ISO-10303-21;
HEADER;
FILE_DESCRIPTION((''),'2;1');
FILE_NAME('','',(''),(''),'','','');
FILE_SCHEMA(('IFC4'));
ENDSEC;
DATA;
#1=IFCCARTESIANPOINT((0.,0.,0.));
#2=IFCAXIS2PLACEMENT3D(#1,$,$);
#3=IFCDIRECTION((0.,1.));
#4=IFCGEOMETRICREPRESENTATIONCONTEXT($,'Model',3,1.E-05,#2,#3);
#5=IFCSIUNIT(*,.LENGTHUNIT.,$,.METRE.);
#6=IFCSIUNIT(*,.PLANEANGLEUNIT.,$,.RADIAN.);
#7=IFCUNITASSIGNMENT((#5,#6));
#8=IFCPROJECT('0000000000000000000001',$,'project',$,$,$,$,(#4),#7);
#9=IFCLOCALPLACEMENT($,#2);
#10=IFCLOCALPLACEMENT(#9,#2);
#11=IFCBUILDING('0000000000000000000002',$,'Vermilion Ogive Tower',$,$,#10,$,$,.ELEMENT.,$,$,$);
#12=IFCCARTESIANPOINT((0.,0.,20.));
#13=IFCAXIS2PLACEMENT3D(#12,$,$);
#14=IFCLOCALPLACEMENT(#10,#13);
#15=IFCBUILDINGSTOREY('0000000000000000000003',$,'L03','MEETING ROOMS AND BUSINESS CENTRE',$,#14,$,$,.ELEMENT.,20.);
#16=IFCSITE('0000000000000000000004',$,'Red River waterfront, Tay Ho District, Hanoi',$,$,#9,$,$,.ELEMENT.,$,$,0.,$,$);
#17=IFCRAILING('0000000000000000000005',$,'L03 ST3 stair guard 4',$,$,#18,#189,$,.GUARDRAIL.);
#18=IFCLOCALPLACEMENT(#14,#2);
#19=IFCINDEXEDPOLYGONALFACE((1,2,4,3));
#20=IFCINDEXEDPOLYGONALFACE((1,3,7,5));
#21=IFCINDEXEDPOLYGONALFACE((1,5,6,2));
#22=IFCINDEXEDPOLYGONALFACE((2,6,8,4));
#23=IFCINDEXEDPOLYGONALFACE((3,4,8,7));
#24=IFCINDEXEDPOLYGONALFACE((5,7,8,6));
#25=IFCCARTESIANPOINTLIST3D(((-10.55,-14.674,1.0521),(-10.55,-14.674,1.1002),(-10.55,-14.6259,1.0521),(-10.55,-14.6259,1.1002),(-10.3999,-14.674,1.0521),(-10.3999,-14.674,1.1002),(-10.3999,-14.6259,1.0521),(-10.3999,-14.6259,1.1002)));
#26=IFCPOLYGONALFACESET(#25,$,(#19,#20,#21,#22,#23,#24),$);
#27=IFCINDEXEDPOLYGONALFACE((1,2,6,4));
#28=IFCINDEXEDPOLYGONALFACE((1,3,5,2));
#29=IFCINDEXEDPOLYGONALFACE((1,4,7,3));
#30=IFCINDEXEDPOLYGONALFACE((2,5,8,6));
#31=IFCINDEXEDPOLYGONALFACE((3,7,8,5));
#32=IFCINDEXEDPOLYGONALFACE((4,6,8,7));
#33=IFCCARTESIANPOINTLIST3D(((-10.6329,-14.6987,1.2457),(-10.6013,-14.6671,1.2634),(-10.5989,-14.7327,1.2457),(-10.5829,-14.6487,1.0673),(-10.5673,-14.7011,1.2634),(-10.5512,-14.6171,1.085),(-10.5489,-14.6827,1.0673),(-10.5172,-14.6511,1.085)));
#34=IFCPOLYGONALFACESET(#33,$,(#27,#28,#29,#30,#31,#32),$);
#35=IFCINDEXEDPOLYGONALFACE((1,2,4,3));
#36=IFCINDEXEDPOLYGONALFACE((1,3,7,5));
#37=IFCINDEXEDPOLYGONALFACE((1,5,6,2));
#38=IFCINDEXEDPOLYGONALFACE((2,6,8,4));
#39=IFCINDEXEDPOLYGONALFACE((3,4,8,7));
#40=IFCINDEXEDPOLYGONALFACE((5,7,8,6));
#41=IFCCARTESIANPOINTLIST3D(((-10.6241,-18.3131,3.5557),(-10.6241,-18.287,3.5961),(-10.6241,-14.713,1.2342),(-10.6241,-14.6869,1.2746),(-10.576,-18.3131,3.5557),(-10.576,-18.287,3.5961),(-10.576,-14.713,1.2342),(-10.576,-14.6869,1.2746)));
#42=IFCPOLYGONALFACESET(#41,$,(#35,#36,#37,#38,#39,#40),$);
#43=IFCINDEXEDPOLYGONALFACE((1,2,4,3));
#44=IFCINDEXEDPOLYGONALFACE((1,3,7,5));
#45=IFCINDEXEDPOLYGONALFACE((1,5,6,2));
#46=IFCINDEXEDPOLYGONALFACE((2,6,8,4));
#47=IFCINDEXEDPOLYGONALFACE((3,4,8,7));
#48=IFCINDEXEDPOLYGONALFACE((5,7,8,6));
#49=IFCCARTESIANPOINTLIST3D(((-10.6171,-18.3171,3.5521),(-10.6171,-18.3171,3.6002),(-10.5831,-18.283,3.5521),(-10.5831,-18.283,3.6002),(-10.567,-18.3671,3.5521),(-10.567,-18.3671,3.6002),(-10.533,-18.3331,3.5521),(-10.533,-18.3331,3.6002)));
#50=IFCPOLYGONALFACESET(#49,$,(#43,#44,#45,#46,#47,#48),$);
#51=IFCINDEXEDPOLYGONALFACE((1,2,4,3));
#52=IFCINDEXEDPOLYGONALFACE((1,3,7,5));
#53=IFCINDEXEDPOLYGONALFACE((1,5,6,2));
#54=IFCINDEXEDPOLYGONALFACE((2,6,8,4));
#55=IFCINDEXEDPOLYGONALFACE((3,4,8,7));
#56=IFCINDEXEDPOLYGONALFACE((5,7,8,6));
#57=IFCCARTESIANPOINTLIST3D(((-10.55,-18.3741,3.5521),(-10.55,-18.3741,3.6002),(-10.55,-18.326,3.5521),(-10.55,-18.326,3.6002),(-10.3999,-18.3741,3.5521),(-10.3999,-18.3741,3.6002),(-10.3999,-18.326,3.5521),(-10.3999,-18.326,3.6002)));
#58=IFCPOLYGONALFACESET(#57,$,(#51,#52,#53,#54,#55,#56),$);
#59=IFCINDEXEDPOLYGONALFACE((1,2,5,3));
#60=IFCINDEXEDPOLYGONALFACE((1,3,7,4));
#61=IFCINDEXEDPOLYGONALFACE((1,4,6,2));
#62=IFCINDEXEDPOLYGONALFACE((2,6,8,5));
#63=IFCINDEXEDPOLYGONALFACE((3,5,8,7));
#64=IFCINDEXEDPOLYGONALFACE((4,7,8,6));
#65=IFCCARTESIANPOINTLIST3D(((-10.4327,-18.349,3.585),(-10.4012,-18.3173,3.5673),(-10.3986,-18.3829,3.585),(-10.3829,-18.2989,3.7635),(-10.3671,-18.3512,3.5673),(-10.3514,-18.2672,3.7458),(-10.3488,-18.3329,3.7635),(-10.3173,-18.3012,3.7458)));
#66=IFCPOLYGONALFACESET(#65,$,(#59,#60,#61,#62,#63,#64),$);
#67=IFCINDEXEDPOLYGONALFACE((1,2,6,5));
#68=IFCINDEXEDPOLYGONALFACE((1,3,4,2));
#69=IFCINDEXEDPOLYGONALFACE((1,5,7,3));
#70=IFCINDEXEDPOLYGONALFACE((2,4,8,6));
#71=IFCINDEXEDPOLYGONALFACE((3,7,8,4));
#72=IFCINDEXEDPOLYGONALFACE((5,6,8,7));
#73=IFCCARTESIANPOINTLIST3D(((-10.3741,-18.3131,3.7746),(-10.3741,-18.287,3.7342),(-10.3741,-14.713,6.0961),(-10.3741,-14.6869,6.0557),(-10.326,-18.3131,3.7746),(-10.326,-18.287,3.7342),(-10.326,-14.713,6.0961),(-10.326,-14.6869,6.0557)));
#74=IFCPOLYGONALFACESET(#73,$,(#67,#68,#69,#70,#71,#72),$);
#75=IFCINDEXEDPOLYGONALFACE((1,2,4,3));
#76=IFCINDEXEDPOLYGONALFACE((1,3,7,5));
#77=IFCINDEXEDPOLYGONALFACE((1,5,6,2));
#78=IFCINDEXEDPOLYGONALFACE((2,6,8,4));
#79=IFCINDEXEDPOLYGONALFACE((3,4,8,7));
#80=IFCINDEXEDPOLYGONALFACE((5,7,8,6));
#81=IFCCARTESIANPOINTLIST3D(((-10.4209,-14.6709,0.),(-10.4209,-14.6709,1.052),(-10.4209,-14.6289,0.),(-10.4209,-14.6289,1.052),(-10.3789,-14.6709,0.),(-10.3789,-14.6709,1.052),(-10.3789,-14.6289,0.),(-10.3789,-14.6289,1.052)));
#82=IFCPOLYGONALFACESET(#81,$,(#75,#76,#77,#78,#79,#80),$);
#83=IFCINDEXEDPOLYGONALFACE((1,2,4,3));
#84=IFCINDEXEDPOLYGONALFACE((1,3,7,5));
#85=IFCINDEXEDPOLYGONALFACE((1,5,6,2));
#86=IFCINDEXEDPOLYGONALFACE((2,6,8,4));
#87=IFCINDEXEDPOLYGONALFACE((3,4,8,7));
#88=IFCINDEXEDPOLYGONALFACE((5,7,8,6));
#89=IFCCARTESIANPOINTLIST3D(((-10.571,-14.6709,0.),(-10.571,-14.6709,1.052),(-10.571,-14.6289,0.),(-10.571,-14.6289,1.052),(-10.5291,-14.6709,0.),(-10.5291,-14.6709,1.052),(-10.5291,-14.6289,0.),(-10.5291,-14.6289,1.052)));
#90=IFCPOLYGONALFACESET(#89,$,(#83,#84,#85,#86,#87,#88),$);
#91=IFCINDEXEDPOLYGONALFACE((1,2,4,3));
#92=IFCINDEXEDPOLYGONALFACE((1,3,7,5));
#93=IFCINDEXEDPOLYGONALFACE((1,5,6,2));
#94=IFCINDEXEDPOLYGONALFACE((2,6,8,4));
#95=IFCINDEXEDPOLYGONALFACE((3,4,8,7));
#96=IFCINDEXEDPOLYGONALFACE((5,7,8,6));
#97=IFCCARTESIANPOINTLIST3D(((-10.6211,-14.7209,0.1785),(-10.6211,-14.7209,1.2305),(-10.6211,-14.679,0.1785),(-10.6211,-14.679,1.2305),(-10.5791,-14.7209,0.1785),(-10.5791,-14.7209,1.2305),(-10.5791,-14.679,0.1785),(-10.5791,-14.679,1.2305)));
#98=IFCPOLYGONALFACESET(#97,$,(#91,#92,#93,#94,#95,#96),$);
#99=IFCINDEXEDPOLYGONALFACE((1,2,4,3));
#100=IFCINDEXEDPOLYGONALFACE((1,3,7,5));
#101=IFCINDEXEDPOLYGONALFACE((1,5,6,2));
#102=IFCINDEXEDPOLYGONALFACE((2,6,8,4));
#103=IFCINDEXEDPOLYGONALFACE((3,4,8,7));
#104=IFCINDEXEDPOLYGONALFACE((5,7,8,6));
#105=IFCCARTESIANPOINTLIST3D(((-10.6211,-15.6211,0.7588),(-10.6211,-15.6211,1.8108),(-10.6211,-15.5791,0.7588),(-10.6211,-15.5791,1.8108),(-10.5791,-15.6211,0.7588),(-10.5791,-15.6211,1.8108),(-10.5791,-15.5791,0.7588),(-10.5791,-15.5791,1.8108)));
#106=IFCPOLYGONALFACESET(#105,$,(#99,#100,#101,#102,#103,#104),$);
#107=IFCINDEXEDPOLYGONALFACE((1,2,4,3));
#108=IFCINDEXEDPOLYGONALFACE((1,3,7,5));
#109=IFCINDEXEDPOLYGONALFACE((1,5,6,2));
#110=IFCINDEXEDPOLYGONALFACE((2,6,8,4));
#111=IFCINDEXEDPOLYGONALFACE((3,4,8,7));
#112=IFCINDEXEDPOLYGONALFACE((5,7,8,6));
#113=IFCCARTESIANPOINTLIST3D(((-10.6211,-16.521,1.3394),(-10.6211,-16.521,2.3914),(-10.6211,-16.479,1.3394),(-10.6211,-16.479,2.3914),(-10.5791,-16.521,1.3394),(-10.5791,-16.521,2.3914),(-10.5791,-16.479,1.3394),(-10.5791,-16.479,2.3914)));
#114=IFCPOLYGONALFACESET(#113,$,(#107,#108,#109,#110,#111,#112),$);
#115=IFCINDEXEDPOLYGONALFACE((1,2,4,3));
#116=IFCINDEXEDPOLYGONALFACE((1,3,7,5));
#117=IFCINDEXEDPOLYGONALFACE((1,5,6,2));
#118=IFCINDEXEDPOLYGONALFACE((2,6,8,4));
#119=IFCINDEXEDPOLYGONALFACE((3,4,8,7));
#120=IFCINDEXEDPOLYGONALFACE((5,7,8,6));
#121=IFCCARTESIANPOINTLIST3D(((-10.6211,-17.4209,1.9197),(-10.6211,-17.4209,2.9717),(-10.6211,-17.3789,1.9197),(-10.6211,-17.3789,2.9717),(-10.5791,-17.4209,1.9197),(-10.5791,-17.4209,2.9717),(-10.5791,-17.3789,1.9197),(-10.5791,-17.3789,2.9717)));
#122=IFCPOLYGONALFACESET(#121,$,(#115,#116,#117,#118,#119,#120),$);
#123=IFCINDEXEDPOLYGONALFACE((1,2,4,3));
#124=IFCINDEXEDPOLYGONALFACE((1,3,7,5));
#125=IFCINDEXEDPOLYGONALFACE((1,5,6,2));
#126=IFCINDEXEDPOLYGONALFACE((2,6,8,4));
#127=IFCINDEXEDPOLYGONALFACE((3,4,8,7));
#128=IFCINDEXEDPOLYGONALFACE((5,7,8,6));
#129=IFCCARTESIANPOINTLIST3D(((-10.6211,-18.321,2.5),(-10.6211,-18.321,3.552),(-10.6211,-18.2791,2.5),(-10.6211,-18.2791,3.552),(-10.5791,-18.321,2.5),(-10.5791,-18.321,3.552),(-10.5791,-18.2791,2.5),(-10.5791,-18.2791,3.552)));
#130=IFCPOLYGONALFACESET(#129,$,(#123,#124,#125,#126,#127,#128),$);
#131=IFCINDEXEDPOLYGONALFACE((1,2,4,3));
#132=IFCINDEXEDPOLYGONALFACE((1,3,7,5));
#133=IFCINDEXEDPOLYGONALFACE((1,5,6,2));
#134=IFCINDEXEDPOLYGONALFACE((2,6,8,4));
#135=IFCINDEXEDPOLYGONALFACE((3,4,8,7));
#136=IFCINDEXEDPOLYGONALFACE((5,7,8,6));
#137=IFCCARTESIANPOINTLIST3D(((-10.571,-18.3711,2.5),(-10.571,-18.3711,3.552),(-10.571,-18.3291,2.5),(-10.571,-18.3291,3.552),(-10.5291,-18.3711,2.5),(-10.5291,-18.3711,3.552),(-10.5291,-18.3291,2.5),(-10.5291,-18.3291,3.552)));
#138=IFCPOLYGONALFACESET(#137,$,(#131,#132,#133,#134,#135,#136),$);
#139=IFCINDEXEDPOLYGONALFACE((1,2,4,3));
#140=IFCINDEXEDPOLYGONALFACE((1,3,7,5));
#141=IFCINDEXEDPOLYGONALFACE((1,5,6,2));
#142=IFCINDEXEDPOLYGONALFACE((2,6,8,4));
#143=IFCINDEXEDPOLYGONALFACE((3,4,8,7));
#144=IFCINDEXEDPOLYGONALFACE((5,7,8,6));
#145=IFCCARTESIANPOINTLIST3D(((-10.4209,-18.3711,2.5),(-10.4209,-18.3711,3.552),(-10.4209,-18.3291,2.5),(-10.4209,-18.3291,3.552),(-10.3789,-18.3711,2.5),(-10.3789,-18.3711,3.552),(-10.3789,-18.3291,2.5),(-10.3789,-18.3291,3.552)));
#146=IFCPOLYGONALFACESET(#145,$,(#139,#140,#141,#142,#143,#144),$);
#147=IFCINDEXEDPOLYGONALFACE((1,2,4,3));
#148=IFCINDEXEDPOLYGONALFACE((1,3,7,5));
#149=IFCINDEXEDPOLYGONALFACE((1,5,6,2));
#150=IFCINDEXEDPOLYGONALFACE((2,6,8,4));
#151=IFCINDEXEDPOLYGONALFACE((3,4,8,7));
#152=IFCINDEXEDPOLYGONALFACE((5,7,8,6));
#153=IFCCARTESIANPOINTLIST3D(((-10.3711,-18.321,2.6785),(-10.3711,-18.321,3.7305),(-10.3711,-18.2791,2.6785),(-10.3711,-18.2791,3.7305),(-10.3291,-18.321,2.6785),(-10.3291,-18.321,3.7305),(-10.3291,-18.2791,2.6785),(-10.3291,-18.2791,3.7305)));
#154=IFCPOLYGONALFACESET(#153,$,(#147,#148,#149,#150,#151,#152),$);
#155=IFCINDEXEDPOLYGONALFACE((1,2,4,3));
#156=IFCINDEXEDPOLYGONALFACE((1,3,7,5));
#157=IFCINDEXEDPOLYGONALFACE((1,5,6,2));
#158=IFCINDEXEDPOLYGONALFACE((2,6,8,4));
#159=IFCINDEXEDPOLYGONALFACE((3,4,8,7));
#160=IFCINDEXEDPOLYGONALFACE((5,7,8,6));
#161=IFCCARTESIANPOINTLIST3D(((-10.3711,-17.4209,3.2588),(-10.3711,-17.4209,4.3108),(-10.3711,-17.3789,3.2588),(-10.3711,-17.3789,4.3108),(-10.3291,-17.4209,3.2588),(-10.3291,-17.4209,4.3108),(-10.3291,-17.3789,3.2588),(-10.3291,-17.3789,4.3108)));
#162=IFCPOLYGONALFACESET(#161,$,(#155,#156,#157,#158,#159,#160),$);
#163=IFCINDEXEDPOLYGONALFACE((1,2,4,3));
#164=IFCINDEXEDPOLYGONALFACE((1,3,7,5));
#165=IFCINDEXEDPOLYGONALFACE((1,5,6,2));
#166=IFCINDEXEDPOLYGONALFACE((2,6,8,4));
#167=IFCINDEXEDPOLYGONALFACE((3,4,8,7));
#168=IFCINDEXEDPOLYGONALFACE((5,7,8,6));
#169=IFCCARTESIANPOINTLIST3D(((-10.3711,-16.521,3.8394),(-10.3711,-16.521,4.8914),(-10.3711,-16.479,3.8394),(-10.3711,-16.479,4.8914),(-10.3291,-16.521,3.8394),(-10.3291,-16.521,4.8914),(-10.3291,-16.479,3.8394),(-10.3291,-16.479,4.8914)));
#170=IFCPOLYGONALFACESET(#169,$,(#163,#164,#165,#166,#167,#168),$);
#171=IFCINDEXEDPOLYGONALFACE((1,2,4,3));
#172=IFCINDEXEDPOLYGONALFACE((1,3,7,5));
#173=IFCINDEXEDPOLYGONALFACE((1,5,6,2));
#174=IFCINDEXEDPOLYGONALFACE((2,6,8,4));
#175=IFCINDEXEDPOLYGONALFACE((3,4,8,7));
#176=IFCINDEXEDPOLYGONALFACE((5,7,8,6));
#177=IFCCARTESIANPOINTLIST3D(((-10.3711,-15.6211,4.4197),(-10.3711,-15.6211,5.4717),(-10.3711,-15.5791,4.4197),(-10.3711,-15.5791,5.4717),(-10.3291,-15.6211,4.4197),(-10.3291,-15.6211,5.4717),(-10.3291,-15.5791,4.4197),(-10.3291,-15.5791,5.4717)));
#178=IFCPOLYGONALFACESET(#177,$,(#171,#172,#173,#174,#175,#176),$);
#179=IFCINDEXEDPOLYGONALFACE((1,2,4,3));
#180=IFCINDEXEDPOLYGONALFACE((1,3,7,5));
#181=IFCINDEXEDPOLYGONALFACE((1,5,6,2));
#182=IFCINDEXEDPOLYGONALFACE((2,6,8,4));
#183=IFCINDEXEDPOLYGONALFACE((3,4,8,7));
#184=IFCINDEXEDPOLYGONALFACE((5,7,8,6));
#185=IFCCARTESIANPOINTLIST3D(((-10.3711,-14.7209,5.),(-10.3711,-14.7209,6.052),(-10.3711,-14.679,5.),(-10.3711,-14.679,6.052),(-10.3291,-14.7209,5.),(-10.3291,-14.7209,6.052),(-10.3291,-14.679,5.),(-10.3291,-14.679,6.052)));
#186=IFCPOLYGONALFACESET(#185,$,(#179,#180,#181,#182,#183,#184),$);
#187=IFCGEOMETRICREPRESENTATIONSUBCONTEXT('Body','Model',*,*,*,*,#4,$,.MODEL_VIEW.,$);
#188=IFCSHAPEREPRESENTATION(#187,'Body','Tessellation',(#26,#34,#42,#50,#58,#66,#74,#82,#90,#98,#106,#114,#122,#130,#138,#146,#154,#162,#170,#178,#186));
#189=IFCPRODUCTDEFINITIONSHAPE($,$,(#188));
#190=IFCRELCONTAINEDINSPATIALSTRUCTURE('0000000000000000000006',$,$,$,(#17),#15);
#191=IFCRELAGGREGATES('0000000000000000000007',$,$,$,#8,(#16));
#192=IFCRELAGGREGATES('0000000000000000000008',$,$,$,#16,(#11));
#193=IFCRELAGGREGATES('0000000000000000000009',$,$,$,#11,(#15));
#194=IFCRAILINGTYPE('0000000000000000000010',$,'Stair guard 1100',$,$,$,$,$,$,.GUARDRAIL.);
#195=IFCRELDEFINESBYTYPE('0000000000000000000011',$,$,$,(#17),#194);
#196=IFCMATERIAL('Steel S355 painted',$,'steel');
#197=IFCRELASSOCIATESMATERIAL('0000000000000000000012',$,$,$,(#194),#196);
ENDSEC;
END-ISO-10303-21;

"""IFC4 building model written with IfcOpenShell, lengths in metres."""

from ifc_helpers import new_model, si_unit, direction, frame, origin, origin_2d, place, context, subcontext, project, spatial, rectangle, extrude, material, type_object, element, save


model = new_model("IFC4")

# Units and contexts
model_context = context("Model", 3, precision=1e-05, world=origin(), true_north=direction((0.0, 1.0)))
body_context = subcontext(model_context, "Body", "Model", "MODEL_VIEW")
ifc_project = project(units=[si_unit("LENGTHUNIT", "METRE"), si_unit("PLANEANGLEUNIT", "RADIAN")], contexts=[model_context])

# Site, building, storey
site_placement = place(None, origin())
site = spatial("IfcSite", under=ifc_project, at=site_placement, Name="Red River waterfront, Tay Ho District, Hanoi", CompositionType="ELEMENT", RefElevation=0.0)
building_placement = place(site_placement, origin())
building = spatial("IfcBuilding", under=site, at=building_placement, Name="Vermilion Ogive Tower", CompositionType="ELEMENT")
storey_placement = place(building_placement, frame((0.0, 0.0, 20.0)))
storey = spatial("IfcBuildingStorey", under=building, at=storey_placement, Name="L03", Description="MEETING ROOMS AND BUSINESS CENTRE", CompositionType="ELEMENT", Elevation=20.0)

# Railing
ifc_material_1 = material(Name="Steel S355 painted", Category="steel")
railing_type_1 = type_object("IfcRailingType", Name="Stair guard 1100", PredefinedType="GUARDRAIL", material=ifc_material_1)
railing_1_placement = place(storey_placement, frame((-10.3999, -14.6499, 0.0)))
element("IfcRailing", 1, at=railing_1_placement, inside=storey, type_object=railing_type_1, Name="L03 ST3 stair guard 4", PredefinedType="GUARDRAIL", context=body_context, shape_type="SweptSolid", body=[
    extrude(rectangle(XDim=0.0481, YDim=0.0481, at=origin_2d()), frame((0.0, 0.0, 1.0762), z_axis=(-1.0, 0.0, 0.0), x_axis=(0.0, -1.0, 0.0)), (0.0, 0.0, 1.0), 0.1501),
    extrude(rectangle(XDim=0.0481, YDim=0.0481, at=origin_2d()), frame((-0.1501, 0.0, 1.0762), z_axis=(-0.260685, -0.260685, 0.929563), x_axis=(0.707107, -0.707107, 0.0)), (0.0, 0.0, 1.0), 0.1919),
    extrude(rectangle(XDim=0.0481, YDim=0.0481, at=origin_2d()), frame((-0.2002, -0.05, 1.2544), z_axis=(0.0, -0.840415, 0.541944), x_axis=(1.0, 0.0, 0.0)), (0.0, 0.0, 1.0), 4.2837),
    extrude(rectangle(XDim=0.0481, YDim=0.0481, at=origin_2d()), frame((-0.2002, -3.6501, 3.5762), z_axis=(0.707107, -0.707107, 0.0), x_axis=(0.707107, 0.707107, 0.0)), (0.0, 0.0, 1.0), 0.0708),
    extrude(rectangle(XDim=0.0481, YDim=0.0481, at=origin_2d()), frame((-0.1501, -3.7002, 3.5762), z_axis=(1.0, 0.0, 0.0), x_axis=(0.0, 1.0, 0.0)), (0.0, 0.0, 1.0), 0.1501),
    extrude(rectangle(XDim=0.0481, YDim=0.0481, at=origin_2d()), frame((0.0, -3.7002, 3.5762), z_axis=(0.259499, 0.260771, 0.92987), x_axis=(-0.708834, 0.705376, 0.0)), (0.0, 0.0, 1.0), 0.1919),
    extrude(rectangle(XDim=0.0481, YDim=0.0481, at=origin_2d()), frame((0.0498, -3.6501, 3.7544), z_axis=(0.0, 0.840415, 0.541944), x_axis=(-1.0, 0.0, 0.0)), (0.0, 0.0, 1.0), 4.2837),
    extrude(rectangle(XDim=0.042, YDim=0.042, at=origin_2d()), origin(), (0.0, 0.0, 1.0), 1.052),
    extrude(rectangle(XDim=0.042, YDim=0.042, at=origin_2d()), frame((-0.1501, 0.0, 0.0)), (0.0, 0.0, 1.0), 1.052),
    extrude(rectangle(XDim=0.042, YDim=0.042, at=origin_2d()), frame((-0.2002, -0.05, 0.1785)), (0.0, 0.0, 1.0), 1.052),
    extrude(rectangle(XDim=0.042, YDim=0.042, at=origin_2d()), frame((-0.2002, -0.9502, 0.7588)), (0.0, 0.0, 1.0), 1.052),
    extrude(rectangle(XDim=0.042, YDim=0.042, at=origin_2d()), frame((-0.2002, -1.8501, 1.3394)), (0.0, 0.0, 1.0), 1.052),
    extrude(rectangle(XDim=0.042, YDim=0.042, at=origin_2d()), frame((-0.2002, -2.75, 1.9197)), (0.0, 0.0, 1.0), 1.052),
    extrude(rectangle(XDim=0.042, YDim=0.042, at=origin_2d()), frame((-0.2002, -3.6501, 2.5)), (0.0, 0.0, 1.0), 1.052),
    extrude(rectangle(XDim=0.042, YDim=0.042, at=origin_2d()), frame((-0.1501, -3.7002, 2.5)), (0.0, 0.0, 1.0), 1.052),
    extrude(rectangle(XDim=0.042, YDim=0.042, at=origin_2d()), frame((0.0, -3.7002, 2.5)), (0.0, 0.0, 1.0), 1.052),
    extrude(rectangle(XDim=0.042, YDim=0.042, at=origin_2d()), frame((0.0498, -3.6501, 2.6785)), (0.0, 0.0, 1.0), 1.052),
    extrude(rectangle(XDim=0.042, YDim=0.042, at=origin_2d()), frame((0.0498, -2.75, 3.2588)), (0.0, 0.0, 1.0), 1.052),
    extrude(rectangle(XDim=0.042, YDim=0.042, at=origin_2d()), frame((0.0498, -1.8501, 3.8394)), (0.0, 0.0, 1.0), 1.052),
    extrude(rectangle(XDim=0.042, YDim=0.042, at=origin_2d()), frame((0.0498, -0.9502, 4.4197)), (0.0, 0.0, 1.0), 1.052),
    extrude(rectangle(XDim=0.042, YDim=0.042, at=origin_2d()), frame((0.0498, -0.05, 5.0)), (0.0, 0.0, 1.0), 1.052),
])

save(model, "model.ifc")
